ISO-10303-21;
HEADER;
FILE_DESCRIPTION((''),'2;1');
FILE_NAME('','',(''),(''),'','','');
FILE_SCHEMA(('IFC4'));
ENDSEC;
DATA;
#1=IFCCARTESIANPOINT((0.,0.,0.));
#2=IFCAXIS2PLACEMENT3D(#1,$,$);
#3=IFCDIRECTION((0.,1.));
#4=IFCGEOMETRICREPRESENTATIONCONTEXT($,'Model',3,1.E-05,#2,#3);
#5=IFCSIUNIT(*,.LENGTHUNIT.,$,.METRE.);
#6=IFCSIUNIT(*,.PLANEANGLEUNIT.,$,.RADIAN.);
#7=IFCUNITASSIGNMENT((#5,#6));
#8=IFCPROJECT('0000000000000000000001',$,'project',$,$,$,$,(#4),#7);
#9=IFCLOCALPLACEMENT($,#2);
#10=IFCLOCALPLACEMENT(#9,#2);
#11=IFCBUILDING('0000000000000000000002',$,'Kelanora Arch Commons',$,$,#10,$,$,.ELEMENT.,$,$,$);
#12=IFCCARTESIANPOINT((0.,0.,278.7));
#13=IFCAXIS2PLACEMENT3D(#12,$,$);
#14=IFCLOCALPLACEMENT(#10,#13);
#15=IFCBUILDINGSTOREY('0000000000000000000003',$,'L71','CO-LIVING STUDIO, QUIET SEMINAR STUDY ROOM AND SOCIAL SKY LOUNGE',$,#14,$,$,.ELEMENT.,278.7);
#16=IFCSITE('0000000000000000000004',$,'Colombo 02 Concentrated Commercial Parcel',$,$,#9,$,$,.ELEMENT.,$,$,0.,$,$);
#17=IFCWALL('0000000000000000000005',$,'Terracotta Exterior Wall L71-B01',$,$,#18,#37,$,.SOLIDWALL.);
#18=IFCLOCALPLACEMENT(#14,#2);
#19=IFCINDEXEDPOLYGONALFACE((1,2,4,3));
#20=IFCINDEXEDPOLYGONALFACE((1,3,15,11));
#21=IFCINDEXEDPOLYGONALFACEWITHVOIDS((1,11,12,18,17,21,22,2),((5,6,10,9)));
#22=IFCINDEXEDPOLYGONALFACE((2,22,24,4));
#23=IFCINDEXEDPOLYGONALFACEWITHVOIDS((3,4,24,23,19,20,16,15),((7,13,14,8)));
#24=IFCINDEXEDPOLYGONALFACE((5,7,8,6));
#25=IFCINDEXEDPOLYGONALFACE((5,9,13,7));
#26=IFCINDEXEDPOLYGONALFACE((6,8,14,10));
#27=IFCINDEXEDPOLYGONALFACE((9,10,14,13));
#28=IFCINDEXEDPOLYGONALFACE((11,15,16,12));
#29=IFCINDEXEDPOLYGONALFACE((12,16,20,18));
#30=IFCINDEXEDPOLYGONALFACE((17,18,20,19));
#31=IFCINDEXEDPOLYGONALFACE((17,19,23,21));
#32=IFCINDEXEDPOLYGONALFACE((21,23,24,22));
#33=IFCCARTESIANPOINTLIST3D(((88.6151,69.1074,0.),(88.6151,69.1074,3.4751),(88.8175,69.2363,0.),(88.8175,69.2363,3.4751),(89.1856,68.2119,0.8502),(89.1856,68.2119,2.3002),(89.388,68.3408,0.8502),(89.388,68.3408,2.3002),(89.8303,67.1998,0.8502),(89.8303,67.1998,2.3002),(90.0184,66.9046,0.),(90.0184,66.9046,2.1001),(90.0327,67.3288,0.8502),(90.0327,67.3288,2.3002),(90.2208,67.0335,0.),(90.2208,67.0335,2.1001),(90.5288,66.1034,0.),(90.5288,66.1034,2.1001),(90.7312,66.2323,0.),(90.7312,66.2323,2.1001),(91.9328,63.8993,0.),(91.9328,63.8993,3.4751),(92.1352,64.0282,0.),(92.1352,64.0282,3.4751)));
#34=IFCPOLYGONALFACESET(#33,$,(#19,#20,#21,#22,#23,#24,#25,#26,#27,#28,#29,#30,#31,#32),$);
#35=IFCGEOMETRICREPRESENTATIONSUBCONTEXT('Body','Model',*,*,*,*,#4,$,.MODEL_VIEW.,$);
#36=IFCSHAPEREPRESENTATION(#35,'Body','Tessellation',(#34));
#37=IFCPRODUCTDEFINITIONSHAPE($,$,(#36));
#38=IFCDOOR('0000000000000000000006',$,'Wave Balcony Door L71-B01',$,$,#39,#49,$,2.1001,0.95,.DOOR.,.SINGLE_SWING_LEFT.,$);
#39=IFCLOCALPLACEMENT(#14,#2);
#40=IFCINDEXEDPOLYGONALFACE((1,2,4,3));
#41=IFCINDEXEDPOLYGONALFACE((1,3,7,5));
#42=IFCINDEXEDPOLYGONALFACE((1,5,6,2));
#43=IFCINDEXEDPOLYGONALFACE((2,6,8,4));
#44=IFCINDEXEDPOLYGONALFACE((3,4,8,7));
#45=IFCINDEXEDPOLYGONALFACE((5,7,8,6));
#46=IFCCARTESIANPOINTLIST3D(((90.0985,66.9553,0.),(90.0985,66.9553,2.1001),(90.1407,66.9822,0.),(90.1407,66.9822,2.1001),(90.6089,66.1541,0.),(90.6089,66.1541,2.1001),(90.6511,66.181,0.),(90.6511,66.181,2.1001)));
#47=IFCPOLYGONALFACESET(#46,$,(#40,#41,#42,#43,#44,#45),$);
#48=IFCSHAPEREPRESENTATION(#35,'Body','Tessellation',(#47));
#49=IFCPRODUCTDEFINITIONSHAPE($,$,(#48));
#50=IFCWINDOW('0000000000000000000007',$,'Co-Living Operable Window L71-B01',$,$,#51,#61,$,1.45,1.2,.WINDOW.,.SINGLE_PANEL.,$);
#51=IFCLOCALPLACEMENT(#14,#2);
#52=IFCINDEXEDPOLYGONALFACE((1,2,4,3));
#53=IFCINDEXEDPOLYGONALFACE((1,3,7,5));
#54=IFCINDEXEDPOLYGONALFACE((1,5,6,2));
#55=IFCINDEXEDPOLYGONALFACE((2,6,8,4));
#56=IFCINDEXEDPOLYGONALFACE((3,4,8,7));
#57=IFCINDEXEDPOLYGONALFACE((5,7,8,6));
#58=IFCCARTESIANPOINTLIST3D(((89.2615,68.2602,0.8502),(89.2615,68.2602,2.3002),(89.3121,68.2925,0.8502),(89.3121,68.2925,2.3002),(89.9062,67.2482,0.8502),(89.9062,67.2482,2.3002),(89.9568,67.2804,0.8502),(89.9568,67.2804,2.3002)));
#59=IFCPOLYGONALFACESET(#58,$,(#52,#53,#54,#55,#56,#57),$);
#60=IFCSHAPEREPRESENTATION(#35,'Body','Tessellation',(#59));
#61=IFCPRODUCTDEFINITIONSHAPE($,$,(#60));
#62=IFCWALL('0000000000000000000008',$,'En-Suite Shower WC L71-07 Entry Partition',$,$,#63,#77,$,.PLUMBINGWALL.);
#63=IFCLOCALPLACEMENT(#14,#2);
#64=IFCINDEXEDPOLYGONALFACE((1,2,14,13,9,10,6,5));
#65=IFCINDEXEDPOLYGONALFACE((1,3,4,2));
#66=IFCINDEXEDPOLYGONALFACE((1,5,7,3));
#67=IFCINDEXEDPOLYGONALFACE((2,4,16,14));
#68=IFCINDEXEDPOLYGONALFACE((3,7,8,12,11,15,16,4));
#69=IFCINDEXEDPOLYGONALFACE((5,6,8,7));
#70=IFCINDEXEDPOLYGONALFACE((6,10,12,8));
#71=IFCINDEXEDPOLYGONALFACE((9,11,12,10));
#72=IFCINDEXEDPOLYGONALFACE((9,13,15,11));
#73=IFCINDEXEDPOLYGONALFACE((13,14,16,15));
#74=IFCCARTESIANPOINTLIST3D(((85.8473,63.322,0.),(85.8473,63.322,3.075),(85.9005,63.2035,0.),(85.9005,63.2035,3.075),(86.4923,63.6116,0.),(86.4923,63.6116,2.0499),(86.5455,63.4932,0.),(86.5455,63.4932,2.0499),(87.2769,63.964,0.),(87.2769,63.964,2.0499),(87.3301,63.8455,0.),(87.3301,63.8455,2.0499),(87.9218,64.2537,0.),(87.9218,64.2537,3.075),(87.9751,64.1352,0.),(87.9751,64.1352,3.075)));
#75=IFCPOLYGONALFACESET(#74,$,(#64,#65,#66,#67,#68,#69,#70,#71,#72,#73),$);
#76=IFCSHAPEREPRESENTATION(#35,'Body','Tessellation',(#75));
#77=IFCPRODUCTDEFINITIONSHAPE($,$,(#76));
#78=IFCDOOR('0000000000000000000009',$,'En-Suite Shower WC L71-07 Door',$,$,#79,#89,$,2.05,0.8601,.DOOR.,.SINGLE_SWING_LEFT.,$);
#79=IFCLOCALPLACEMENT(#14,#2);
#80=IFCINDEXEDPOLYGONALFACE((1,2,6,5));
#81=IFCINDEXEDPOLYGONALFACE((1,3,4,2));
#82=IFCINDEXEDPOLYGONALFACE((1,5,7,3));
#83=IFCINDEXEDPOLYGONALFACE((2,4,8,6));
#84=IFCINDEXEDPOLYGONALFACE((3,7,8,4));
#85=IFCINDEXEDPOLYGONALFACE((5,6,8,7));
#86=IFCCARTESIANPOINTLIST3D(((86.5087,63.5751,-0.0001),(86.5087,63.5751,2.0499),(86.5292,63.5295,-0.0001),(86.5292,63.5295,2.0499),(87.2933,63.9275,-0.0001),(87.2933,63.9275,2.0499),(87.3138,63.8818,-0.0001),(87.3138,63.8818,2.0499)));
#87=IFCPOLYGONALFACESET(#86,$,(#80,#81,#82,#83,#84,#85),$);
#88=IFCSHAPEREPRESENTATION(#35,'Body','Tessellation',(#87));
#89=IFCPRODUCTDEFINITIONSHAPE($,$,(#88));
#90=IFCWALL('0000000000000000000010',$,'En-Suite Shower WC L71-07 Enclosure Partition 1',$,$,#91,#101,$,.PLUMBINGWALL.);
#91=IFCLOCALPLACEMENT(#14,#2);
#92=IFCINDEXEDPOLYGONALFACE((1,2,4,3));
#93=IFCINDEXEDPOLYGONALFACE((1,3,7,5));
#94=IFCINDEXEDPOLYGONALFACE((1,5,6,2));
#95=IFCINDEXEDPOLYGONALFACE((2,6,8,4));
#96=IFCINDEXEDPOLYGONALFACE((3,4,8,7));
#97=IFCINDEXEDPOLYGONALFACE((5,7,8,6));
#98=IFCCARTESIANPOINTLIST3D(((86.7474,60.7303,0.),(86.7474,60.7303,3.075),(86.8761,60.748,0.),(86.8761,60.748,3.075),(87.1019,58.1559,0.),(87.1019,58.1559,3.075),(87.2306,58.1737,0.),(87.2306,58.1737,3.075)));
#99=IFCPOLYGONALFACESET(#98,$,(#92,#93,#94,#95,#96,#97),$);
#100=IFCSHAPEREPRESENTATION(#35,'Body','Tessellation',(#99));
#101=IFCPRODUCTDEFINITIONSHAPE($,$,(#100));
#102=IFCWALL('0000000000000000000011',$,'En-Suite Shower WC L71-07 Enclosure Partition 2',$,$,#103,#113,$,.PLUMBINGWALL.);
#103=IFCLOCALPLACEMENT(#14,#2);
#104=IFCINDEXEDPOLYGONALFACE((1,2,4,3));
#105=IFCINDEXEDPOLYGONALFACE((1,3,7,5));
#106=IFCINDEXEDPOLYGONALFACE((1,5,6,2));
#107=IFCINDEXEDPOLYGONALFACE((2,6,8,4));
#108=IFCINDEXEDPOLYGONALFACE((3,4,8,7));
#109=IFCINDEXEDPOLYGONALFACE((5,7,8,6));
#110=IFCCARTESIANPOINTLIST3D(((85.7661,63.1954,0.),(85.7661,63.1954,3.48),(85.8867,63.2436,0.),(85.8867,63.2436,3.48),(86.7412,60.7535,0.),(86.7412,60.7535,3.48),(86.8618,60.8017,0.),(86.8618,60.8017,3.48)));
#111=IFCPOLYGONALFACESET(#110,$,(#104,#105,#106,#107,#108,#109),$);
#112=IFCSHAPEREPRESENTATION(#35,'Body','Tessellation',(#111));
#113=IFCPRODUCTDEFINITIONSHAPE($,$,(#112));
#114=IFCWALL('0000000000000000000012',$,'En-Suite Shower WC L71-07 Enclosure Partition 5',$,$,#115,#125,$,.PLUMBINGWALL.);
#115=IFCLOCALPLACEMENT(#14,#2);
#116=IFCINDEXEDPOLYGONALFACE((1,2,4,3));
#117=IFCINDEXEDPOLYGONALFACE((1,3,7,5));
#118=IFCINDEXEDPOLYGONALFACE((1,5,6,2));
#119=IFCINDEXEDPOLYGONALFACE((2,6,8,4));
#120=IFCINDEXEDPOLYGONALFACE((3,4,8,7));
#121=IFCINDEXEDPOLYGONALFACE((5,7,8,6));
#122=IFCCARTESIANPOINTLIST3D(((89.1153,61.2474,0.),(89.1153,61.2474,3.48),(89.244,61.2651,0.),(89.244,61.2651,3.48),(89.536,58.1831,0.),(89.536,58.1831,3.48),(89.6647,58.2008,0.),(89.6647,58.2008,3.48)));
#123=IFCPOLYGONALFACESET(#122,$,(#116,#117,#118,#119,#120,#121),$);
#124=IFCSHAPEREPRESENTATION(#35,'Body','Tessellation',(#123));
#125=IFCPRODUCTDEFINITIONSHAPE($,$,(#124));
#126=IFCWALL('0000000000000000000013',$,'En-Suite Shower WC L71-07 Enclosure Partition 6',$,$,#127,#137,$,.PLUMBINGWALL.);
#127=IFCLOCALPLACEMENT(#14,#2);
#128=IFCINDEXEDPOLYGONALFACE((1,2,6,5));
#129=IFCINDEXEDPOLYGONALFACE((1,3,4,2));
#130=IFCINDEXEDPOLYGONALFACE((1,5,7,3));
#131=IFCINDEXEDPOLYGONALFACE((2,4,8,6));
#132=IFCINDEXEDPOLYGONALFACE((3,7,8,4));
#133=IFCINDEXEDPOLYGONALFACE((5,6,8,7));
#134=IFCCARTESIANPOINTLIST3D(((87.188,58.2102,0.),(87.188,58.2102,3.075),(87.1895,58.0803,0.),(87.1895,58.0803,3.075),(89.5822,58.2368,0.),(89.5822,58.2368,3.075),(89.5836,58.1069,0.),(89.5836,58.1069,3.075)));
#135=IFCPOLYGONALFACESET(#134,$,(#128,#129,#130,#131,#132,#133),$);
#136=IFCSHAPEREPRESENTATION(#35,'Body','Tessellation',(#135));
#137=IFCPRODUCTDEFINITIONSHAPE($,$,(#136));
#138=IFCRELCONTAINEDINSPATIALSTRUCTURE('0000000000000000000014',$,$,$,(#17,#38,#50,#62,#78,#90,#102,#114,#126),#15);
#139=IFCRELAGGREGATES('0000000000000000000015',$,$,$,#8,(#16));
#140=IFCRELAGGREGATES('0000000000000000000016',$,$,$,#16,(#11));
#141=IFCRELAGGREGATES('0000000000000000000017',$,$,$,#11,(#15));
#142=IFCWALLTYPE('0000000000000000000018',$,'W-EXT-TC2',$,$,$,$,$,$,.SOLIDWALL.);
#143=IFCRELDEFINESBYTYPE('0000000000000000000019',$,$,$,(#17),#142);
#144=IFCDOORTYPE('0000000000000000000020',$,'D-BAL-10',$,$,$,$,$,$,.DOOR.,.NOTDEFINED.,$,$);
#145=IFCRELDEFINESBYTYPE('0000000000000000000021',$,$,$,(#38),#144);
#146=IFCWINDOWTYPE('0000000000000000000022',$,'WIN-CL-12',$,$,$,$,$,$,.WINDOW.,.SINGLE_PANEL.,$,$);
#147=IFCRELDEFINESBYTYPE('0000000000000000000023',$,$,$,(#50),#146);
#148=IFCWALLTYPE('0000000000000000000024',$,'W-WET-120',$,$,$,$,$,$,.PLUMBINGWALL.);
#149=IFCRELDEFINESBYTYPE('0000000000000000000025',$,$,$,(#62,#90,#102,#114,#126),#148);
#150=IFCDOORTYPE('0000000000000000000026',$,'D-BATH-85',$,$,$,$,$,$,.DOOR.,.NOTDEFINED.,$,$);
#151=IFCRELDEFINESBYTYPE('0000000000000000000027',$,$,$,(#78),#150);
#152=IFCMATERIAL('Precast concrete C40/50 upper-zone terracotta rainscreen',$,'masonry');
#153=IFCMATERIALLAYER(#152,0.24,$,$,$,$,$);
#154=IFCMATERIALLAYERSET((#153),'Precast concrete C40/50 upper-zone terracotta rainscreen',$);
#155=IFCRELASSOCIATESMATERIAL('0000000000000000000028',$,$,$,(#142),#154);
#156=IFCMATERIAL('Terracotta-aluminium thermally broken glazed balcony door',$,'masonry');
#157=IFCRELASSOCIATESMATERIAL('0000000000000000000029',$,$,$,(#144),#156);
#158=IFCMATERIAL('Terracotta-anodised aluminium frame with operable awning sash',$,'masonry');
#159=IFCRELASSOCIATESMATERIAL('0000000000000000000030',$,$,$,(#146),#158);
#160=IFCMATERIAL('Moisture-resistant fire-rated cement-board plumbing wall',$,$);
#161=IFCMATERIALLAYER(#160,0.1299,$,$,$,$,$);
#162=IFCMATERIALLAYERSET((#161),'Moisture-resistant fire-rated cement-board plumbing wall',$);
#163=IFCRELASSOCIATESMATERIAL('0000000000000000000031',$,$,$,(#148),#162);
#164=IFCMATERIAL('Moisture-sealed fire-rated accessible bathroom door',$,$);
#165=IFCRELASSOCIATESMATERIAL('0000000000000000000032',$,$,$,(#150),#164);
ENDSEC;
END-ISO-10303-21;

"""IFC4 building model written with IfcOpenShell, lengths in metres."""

from ifc_helpers import new_model, si_unit, direction, frame, frame_2d, origin, place, context, subcontext, project, spatial, rectangle, extrude, material, layer, layer_set, type_object, element, fill, save


model = new_model("IFC4")

# Units and contexts
model_context = context("Model", 3, precision=1e-05, world=origin(), true_north=direction((0.0, 1.0)))
body_context = subcontext(model_context, "Body", "Model", "MODEL_VIEW")
ifc_project = project(units=[si_unit("LENGTHUNIT", "METRE"), si_unit("PLANEANGLEUNIT", "RADIAN")], contexts=[model_context])

# Site, building, storey
site_placement = place(None, origin())
site = spatial("IfcSite", under=ifc_project, at=site_placement, Name="Colombo 02 Concentrated Commercial Parcel", CompositionType="ELEMENT", RefElevation=0.0)
building_placement = place(site_placement, origin())
building = spatial("IfcBuilding", under=site, at=building_placement, Name="Kelanora Arch Commons", CompositionType="ELEMENT")
storey_placement = place(building_placement, frame((0.0, 0.0, 278.7)))
storey = spatial("IfcBuildingStorey", under=building, at=storey_placement, Name="L71", Description="CO-LIVING STUDIO, QUIET SEMINAR STUDY ROOM AND SOCIAL SKY LOUNGE", CompositionType="ELEMENT", Elevation=278.7)

# Wall, openings, door, window
ifc_material_1 = material(Name="Precast concrete C40/50 upper-zone terracotta rainscreen", Category="masonry")
ifc_layer_1 = layer(ifc_material_1, 0.24)
ifc_layer_set_1 = layer_set([ifc_layer_1], Name="Precast concrete C40/50 upper-zone terracotta rainscreen")
wall_type_1 = type_object("IfcWallType", Name="W-EXT-TC2", PredefinedType="SOLIDWALL", material=ifc_layer_set_1)
wall_1_placement = place(storey_placement, frame((92.0339, 63.9639, 0.0), z_axis=(0.0, 0.0, 1.0), x_axis=(-0.537272, 0.843409, 0.0)))
wall_1 = element("IfcWall", 1, at=wall_1_placement, inside=storey, type_object=wall_type_1, Name="Terracotta Exterior Wall L71-B01", PredefinedType="SOLIDWALL", context=body_context, shape_type="SweptSolid", body=[
    extrude(rectangle(XDim=6.175, YDim=0.24, at=frame_2d((3.0874, 0.0))), origin(), (0.0, 0.0, 1.0), 3.4751),
])
opening_1_placement = place(wall_1_placement, frame((2.613, 0.0, 0.0)))
opening_1 = element("IfcOpeningElement", 2, at=opening_1_placement, cuts=wall_1, PredefinedType="OPENING", context=body_context, shape_type="SweptSolid", body=[
    extrude(rectangle(XDim=0.95, YDim=2.1001, at=frame_2d((0.4751, 1.05))), frame((0.0, 0.1299, 0.0), z_axis=(0.0, -1.0, 0.0), x_axis=(1.0, 0.0, 0.0)), (0.0, 0.0, 1.0), 0.26),
])
opening_2_placement = place(wall_1_placement, frame((3.9131, 0.0, 0.8501)))
opening_2 = element("IfcOpeningElement", 3, at=opening_2_placement, cuts=wall_1, PredefinedType="OPENING", context=body_context, shape_type="SweptSolid", body=[
    extrude(rectangle(XDim=1.2, YDim=1.45, at=frame_2d((0.6001, 0.7251))), frame((0.0, 0.1299, 0.0), z_axis=(0.0, -1.0, 0.0), x_axis=(1.0, 0.0, 0.0)), (0.0, 0.0, 1.0), 0.26),
])
ifc_material_2 = material(Name="Terracotta-aluminium thermally broken glazed balcony door", Category="masonry")
door_type_1 = type_object("IfcDoorType", Name="D-BAL-10", OperationType="NOTDEFINED", PredefinedType="DOOR", material=ifc_material_2)
door_1_placement = place(opening_1_placement, frame((0.95, 0.0, 0.0), z_axis=(0.0, 0.0, 1.0), x_axis=(-1.0, 0.0, 0.0)))
door_1 = element("IfcDoor", 4, at=door_1_placement, inside=storey, type_object=door_type_1, Name="Wave Balcony Door L71-B01", OperationType="SINGLE_SWING_LEFT", OverallHeight=2.1001, OverallWidth=0.95, PredefinedType="DOOR", context=body_context, shape_type="SweptSolid", body=[
    extrude(rectangle(XDim=0.95, YDim=2.1001, at=frame_2d((0.4751, 1.05))), frame((0.0, 0.0249, 0.0), z_axis=(0.0, -1.0, 0.0), x_axis=(1.0, 0.0, 0.0)), (0.0, 0.0, 1.0), 0.05),
])
fill(opening_1, door_1)
ifc_material_3 = material(Name="Terracotta-anodised aluminium frame with operable awning sash", Category="masonry")
window_type = type_object("IfcWindowType", Name="WIN-CL-12", PartitioningType="SINGLE_PANEL", PredefinedType="WINDOW", material=ifc_material_3)
window_placement = place(opening_2_placement, origin())
window = element("IfcWindow", 5, at=window_placement, inside=storey, type_object=window_type, Name="Co-Living Operable Window L71-B01", OverallHeight=1.45, OverallWidth=1.2, PartitioningType="SINGLE_PANEL", PredefinedType="WINDOW", context=body_context, shape_type="SweptSolid", body=[
    extrude(rectangle(XDim=1.2, YDim=1.45, at=frame_2d((0.6001, 0.7251))), frame((0.0, 0.03, 0.0), z_axis=(0.0, -1.0, 0.0), x_axis=(1.0, 0.0, 0.0)), (0.0, 0.0, 1.0), 0.0601),
])
fill(opening_2, window)

# Wall, opening, door
ifc_material_4 = material(Name="Moisture-resistant fire-rated cement-board plumbing wall")
ifc_layer_2 = layer(ifc_material_4, 0.1299)
ifc_layer_set_2 = layer_set([ifc_layer_2], Name="Moisture-resistant fire-rated cement-board plumbing wall")
wall_type_2 = type_object("IfcWallType", Name="W-WET-120", PredefinedType="PLUMBINGWALL", material=ifc_layer_set_2)
wall_2_placement = place(storey_placement, frame((85.8738, 63.2627, 0.0), z_axis=(0.0, 0.0, 1.0), x_axis=(0.912229, 0.409682, 0.0)))
wall_2 = element("IfcWall", 6, at=wall_2_placement, inside=storey, type_object=wall_type_2, Name="En-Suite Shower WC L71-07 Entry Partition", PredefinedType="PLUMBINGWALL", context=body_context, shape_type="SweptSolid", body=[
    extrude(rectangle(XDim=2.2742, YDim=0.1299, at=frame_2d((1.1372, 0.0))), origin(), (0.0, 0.0, 1.0), 3.075),
])
opening_3_placement = place(wall_2_placement, frame((0.707, 0.0, 0.0)))
opening_3 = element("IfcOpeningElement", 7, at=opening_3_placement, cuts=wall_2, PredefinedType="OPENING", context=body_context, shape_type="SweptSolid", body=[
    extrude(rectangle(XDim=0.8601, YDim=2.05, at=frame_2d((0.4302, 1.0249))), frame((0.0, 0.075, 0.0), z_axis=(0.0, -1.0, 0.0), x_axis=(1.0, 0.0, 0.0)), (0.0, 0.0, 1.0), 0.1499),
])
ifc_material_5 = material(Name="Moisture-sealed fire-rated accessible bathroom door")
door_type_2 = type_object("IfcDoorType", Name="D-BATH-85", OperationType="NOTDEFINED", PredefinedType="DOOR", material=ifc_material_5)
door_2_placement = place(opening_3_placement, origin())
door_2 = element("IfcDoor", 8, at=door_2_placement, inside=storey, type_object=door_type_2, Name="En-Suite Shower WC L71-07 Door", OperationType="SINGLE_SWING_LEFT", OverallHeight=2.05, OverallWidth=0.8601, PredefinedType="DOOR", context=body_context, shape_type="SweptSolid", body=[
    extrude(rectangle(XDim=0.8601, YDim=2.05, at=frame_2d((0.4302, 1.0249))), frame((0.0, 0.0249, 0.0), z_axis=(0.0, -1.0, 0.0), x_axis=(1.0, 0.0, 0.0)), (0.0, 0.0, 1.0), 0.05),
])
fill(opening_3, door_2)

# Walls
wall_3_placement = place(storey_placement, frame((87.1663, 58.1648, 0.0), z_axis=(0.0, 0.0, 1.0), x_axis=(-0.136409, 0.990653, 0.0)))
element("IfcWall", 9, at=wall_3_placement, inside=storey, type_object=wall_type_2, Name="En-Suite Shower WC L71-07 Enclosure Partition 1", PredefinedType="PLUMBINGWALL", context=body_context, shape_type="SweptSolid", body=[
    extrude(rectangle(XDim=2.5986, YDim=0.1299, at=frame_2d((1.2993, 0.0))), origin(), (0.0, 0.0, 1.0), 3.075),
])
wall_4_placement = place(storey_placement, frame((86.8015, 60.7776, 0.0), z_axis=(0.0, 0.0, 1.0), x_axis=(-0.370846, 0.928694, 0.0)))
element("IfcWall", 10, at=wall_4_placement, inside=storey, type_object=wall_type_2, Name="En-Suite Shower WC L71-07 Enclosure Partition 2", PredefinedType="PLUMBINGWALL", context=body_context, shape_type="SweptSolid", body=[
    extrude(rectangle(XDim=2.6294, YDim=0.1299, at=frame_2d((1.3147, 0.0))), origin(), (0.0, 0.0, 1.0), 3.48),
])
wall_5_placement = place(storey_placement, frame((89.1797, 61.2561, 0.0), z_axis=(0.0, 0.0, 1.0), x_axis=(0.136004, -0.990708, 0.0)))
element("IfcWall", 11, at=wall_5_placement, inside=storey, type_object=wall_type_2, Name="En-Suite Shower WC L71-07 Enclosure Partition 5", PredefinedType="PLUMBINGWALL", context=body_context, shape_type="SweptSolid", body=[
    extrude(rectangle(XDim=3.093, YDim=0.1299, at=frame_2d((1.5464, 0.0))), origin(), (0.0, 0.0, 1.0), 3.48),
])
wall_6_placement = place(storey_placement, frame((89.583, 58.1719, 0.0), z_axis=(0.0, 0.0, 1.0), x_axis=(-0.999938, -0.011115, 0.0)))
element("IfcWall", 12, at=wall_6_placement, inside=storey, type_object=wall_type_2, Name="En-Suite Shower WC L71-07 Enclosure Partition 6", PredefinedType="PLUMBINGWALL", context=body_context, shape_type="SweptSolid", body=[
    extrude(rectangle(XDim=2.3943, YDim=0.1299, at=frame_2d((1.1973, 0.0))), origin(), (0.0, 0.0, 1.0), 3.075),
])

save(model, "model.ifc")
